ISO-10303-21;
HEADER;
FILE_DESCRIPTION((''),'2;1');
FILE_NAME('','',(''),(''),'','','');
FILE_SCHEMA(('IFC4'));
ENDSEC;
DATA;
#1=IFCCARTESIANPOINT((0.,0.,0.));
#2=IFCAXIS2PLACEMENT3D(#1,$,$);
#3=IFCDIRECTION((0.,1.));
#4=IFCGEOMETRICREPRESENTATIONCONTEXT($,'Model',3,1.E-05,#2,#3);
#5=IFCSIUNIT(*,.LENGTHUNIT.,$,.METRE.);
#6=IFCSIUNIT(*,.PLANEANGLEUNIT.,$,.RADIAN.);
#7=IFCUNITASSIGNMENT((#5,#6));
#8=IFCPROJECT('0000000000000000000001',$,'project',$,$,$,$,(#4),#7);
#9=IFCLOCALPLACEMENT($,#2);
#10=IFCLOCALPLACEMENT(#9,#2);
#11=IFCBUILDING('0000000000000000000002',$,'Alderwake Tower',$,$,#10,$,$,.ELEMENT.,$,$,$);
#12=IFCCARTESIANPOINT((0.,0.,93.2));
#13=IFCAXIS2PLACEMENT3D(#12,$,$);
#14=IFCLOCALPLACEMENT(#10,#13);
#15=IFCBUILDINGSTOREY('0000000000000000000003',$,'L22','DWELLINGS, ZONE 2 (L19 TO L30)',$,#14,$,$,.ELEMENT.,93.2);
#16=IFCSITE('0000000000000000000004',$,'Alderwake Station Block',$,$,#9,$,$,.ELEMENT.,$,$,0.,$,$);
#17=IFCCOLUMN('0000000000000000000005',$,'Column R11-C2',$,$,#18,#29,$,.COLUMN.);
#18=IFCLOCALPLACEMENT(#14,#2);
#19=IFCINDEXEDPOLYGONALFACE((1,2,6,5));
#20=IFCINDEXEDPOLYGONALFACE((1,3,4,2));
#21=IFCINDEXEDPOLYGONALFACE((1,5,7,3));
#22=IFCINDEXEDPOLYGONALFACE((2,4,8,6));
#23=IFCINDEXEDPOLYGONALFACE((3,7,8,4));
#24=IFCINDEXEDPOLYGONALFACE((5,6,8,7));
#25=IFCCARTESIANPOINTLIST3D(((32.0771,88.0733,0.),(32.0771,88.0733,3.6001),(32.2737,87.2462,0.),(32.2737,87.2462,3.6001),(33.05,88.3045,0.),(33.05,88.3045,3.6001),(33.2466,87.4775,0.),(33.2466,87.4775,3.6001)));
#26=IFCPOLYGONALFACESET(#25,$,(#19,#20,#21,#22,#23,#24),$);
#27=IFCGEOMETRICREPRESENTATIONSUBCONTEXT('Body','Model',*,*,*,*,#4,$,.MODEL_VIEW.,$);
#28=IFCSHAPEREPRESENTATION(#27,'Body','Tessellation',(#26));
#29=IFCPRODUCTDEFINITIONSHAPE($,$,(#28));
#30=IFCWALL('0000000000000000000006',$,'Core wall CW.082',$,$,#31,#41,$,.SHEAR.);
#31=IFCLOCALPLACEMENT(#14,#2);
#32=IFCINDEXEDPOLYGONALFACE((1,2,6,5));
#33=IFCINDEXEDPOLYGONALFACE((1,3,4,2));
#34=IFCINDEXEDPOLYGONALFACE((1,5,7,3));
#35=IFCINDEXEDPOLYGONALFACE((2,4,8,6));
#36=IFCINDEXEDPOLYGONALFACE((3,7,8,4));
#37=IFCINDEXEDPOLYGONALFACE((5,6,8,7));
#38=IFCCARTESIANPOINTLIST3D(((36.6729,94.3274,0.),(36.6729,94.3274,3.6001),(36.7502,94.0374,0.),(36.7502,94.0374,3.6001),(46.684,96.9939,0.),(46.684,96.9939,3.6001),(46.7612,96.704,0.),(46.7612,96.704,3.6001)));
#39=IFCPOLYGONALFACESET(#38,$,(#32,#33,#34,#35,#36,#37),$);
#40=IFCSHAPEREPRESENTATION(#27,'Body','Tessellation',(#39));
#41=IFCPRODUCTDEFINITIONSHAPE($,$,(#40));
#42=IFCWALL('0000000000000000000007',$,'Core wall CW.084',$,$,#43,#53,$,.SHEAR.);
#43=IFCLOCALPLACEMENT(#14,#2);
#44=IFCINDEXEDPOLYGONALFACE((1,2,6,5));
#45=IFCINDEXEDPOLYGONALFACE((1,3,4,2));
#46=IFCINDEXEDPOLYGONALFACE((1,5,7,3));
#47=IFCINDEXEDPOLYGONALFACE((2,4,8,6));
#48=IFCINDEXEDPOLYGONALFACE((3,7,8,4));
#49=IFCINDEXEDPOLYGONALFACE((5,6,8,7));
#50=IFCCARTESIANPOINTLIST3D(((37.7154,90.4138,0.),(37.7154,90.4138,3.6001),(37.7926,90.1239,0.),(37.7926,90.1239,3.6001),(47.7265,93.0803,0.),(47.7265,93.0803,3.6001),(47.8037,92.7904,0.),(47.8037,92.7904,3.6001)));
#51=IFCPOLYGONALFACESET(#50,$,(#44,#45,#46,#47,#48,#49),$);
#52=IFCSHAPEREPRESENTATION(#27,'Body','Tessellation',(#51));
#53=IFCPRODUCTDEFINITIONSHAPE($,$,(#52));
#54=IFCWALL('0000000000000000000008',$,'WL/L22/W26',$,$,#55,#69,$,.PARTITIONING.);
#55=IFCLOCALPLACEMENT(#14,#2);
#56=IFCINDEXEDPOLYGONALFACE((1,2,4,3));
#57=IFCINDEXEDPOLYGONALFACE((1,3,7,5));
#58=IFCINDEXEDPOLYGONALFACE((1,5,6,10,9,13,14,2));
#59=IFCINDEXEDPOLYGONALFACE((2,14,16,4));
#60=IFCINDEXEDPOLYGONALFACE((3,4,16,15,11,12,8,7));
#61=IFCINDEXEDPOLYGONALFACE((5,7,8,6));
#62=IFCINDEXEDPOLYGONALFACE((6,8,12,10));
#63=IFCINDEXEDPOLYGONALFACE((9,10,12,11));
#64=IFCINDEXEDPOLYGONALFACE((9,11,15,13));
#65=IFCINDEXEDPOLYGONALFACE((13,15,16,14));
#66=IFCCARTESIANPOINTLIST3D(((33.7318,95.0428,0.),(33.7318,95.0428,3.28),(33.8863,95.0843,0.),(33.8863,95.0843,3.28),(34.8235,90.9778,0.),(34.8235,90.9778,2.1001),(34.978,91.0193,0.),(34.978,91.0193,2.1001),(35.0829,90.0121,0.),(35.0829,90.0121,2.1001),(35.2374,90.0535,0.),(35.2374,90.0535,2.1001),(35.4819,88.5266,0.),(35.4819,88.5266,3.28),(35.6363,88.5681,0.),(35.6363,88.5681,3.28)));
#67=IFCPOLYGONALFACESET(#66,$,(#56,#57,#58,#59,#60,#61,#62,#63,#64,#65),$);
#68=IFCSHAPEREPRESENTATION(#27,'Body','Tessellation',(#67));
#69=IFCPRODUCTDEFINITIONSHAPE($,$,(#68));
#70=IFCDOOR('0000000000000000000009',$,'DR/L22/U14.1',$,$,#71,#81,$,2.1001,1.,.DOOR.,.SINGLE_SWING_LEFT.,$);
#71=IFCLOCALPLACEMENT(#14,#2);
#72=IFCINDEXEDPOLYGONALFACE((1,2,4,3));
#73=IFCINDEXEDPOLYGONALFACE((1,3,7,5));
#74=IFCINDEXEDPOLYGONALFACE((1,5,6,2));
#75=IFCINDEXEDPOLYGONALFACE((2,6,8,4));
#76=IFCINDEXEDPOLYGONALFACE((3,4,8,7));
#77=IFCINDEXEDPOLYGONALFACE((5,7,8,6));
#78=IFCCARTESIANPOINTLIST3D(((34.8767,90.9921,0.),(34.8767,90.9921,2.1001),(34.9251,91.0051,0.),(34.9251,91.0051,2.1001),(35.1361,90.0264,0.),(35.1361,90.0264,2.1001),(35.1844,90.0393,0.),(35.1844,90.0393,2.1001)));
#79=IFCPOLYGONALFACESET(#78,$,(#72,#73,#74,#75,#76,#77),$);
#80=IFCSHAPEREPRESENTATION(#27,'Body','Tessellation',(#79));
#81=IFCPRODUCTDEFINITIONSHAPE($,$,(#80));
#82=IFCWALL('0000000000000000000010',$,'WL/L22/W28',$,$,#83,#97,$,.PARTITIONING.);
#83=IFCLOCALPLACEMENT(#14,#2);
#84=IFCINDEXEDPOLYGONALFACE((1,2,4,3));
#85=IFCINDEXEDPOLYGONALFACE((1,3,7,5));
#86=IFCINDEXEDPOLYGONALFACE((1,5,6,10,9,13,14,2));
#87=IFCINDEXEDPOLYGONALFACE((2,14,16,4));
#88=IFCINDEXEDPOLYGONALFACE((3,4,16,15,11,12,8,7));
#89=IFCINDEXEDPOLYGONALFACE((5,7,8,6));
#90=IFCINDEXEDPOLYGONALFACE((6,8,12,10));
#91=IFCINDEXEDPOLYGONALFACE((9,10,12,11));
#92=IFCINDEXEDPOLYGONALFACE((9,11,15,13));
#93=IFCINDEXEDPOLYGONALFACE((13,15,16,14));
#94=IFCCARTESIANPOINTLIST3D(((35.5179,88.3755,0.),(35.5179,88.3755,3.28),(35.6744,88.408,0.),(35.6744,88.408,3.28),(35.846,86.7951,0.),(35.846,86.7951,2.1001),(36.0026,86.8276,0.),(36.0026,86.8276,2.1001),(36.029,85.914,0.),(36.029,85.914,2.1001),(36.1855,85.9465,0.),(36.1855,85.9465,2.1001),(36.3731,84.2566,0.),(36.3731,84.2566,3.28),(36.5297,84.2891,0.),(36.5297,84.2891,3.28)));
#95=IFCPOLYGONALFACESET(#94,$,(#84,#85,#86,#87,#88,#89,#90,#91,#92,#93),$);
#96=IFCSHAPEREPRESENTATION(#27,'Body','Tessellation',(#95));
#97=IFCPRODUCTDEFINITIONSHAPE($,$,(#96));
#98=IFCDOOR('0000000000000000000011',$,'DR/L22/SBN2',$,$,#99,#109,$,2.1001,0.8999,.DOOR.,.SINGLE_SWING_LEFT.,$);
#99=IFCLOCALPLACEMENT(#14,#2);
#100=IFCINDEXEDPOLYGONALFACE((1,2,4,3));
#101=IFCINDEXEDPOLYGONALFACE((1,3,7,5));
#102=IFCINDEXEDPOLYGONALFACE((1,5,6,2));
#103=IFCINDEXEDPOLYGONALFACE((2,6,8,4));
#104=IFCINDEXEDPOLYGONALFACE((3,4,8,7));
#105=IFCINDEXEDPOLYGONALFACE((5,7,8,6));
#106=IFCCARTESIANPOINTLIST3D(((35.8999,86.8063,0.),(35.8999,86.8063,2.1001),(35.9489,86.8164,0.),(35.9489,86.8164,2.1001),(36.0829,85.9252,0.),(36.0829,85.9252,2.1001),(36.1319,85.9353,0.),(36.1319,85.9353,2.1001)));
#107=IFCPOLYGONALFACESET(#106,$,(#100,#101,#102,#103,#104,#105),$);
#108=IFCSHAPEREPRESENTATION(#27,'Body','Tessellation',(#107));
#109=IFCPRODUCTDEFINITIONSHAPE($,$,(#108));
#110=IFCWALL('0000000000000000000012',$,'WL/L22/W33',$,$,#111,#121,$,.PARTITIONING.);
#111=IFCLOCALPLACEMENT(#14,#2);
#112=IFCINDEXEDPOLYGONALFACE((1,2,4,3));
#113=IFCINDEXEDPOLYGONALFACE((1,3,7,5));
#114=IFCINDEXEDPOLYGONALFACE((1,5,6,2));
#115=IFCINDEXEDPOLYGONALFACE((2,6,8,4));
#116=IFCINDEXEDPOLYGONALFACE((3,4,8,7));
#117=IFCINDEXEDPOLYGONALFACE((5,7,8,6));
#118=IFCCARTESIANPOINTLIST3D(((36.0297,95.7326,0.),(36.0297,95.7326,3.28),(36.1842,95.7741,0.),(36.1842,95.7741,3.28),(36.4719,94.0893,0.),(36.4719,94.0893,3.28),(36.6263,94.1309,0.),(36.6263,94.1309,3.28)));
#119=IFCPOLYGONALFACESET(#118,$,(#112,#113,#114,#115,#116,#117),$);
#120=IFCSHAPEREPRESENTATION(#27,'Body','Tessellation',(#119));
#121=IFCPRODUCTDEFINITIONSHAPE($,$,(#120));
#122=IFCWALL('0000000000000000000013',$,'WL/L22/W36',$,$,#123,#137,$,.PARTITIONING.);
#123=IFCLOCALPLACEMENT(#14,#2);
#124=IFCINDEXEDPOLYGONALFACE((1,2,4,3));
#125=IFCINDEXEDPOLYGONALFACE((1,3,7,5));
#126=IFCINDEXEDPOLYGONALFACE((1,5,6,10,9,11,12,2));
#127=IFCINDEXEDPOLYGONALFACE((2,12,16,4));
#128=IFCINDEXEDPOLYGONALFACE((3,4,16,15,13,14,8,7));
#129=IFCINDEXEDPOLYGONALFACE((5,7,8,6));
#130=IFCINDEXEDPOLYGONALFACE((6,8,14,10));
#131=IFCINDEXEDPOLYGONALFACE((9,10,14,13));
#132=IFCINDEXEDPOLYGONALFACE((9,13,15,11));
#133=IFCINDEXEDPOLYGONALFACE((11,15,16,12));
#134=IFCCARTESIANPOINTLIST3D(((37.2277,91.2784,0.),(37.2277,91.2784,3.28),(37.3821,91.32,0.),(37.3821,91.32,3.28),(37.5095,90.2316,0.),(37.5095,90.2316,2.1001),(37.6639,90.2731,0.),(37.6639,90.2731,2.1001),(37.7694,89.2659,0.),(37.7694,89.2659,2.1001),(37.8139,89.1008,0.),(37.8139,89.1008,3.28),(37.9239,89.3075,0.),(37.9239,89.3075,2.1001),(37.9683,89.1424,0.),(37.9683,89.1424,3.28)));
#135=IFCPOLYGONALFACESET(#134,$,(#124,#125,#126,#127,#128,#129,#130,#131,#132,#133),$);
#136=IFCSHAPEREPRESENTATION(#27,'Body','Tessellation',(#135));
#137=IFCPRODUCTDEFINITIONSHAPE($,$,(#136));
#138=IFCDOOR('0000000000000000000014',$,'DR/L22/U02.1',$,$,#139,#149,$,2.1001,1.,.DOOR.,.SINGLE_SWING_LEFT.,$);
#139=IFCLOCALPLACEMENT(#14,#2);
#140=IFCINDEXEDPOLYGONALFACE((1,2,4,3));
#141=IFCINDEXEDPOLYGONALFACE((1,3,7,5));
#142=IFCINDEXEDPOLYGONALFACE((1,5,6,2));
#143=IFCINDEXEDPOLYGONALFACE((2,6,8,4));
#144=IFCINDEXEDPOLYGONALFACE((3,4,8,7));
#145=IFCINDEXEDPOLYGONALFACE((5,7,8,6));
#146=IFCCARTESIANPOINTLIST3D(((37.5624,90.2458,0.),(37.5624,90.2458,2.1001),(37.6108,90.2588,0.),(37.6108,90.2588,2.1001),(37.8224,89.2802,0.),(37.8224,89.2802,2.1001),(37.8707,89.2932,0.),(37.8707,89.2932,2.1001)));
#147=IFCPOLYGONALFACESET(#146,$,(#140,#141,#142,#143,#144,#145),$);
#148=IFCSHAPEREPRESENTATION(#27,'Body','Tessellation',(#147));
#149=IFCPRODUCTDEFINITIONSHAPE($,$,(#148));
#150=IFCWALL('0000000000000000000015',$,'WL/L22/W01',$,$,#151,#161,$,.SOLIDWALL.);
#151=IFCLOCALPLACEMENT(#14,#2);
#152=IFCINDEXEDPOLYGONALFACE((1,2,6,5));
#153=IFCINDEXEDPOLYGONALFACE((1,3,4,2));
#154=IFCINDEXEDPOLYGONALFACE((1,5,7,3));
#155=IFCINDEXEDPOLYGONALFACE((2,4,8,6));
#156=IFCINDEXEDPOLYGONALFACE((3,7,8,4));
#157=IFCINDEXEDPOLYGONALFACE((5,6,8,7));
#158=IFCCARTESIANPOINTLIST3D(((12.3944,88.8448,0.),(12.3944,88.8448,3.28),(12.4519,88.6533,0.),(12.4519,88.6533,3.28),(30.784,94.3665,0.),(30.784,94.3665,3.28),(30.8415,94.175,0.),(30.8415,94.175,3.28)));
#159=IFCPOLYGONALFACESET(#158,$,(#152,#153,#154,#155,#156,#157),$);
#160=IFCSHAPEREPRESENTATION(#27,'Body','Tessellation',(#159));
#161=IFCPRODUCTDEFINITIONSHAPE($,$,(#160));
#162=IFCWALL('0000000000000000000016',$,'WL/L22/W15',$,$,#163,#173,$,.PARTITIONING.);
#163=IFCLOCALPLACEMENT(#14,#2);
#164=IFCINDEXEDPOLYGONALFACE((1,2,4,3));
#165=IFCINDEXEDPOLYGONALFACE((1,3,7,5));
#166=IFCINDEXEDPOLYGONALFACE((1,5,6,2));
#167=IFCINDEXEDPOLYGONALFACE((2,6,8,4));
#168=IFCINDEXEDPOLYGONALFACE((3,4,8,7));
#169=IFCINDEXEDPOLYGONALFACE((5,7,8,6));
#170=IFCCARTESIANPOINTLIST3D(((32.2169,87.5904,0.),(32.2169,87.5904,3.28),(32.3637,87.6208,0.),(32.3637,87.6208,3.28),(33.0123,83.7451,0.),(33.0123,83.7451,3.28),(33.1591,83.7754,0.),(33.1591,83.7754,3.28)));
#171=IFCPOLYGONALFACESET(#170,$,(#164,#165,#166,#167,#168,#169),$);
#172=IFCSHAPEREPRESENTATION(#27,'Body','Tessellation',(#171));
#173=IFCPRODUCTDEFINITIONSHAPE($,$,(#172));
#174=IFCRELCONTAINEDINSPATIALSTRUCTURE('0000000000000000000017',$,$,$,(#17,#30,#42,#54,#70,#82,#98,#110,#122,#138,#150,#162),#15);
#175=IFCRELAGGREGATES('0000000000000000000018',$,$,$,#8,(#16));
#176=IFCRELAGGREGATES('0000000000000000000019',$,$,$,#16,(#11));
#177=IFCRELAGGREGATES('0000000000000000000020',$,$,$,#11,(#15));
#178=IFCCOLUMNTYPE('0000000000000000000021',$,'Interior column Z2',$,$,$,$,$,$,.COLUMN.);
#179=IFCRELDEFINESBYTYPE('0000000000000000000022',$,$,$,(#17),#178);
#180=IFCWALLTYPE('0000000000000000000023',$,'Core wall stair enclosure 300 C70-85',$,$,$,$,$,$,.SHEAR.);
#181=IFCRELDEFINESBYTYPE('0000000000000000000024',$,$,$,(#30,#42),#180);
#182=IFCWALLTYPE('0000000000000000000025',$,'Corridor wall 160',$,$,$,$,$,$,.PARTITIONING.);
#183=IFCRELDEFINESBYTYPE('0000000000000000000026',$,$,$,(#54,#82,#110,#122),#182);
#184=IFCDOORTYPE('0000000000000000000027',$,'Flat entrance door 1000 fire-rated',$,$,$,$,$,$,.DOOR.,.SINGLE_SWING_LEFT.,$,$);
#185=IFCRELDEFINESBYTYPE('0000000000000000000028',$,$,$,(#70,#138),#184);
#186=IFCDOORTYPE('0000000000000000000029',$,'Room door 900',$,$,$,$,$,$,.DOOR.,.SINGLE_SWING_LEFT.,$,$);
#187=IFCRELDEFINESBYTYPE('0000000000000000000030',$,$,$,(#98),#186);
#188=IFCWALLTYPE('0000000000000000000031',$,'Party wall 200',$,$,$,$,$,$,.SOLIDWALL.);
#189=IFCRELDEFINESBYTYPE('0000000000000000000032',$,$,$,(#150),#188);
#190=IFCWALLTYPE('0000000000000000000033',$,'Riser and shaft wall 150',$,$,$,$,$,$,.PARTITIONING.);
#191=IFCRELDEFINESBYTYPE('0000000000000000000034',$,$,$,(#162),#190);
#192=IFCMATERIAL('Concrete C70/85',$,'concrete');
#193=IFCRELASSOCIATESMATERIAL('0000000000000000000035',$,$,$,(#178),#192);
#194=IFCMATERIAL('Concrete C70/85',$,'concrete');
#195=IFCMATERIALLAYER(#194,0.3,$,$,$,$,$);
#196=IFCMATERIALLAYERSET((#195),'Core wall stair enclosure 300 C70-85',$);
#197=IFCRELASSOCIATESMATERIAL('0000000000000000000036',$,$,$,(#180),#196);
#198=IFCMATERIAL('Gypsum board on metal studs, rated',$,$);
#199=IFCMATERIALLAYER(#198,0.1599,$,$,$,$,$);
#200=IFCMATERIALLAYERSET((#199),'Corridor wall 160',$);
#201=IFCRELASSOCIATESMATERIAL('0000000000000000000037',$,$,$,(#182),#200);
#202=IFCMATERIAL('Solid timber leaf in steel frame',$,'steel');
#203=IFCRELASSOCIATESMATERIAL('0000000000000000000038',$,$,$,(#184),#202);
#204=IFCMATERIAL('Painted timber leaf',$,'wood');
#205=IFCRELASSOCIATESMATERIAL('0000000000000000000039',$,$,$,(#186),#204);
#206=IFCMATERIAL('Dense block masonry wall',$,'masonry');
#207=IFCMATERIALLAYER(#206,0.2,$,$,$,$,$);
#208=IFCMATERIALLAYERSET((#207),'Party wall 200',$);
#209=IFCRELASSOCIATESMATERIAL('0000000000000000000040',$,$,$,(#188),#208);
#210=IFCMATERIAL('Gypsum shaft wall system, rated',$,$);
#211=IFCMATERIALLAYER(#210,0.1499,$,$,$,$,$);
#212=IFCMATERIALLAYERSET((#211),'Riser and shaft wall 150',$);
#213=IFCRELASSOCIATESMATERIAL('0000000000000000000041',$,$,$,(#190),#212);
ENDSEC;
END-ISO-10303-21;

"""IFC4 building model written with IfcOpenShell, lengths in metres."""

from ifc_helpers import new_model, si_unit, direction, frame, frame_2d, origin, origin_2d, place, context, subcontext, project, spatial, rectangle, extrude, material, layer, layer_set, material_profile, profile_set, type_object, element, fill, save


model = new_model("IFC4")

# Units and contexts
model_context = context("Model", 3, precision=1e-05, world=origin(), true_north=direction((0.0, 1.0)))
body_context = subcontext(model_context, "Body", "Model", "MODEL_VIEW")
ifc_project = project(units=[si_unit("LENGTHUNIT", "METRE"), si_unit("PLANEANGLEUNIT", "RADIAN")], contexts=[model_context])

# Site, building, storey
site_placement = place(None, origin())
site = spatial("IfcSite", under=ifc_project, at=site_placement, Name="Alderwake Station Block", CompositionType="ELEMENT", RefElevation=0.0)
building_placement = place(site_placement, origin())
building = spatial("IfcBuilding", under=site, at=building_placement, Name="Alderwake Tower", CompositionType="ELEMENT")
storey_placement = place(building_placement, frame((0.0, 0.0, 93.2)))
storey = spatial("IfcBuildingStorey", under=building, at=storey_placement, Name="L22", Description="DWELLINGS, ZONE 2 (L19 TO L30)", CompositionType="ELEMENT", Elevation=93.2)

# Column
ifc_material_1 = material(Name="Concrete C70/85", Category="concrete")
ifc_material_profile = material_profile(ifc_material_1, rectangle(XDim=0.8501, YDim=1.0, at=origin_2d()), Name="RC 1000X850")
ifc_profile_set = profile_set([ifc_material_profile], Name="Concrete C70/85")
column_type = type_object("IfcColumnType", Name="Interior column Z2", PredefinedType="COLUMN", material=ifc_profile_set)
column_placement = place(storey_placement, frame((32.6619, 87.7754, 0.0), z_axis=(0.0, 0.0, 1.0), x_axis=(-0.231222, 0.972901, 0.0)))
element("IfcColumn", 1, at=column_placement, inside=storey, type_object=column_type, Name="Column R11-C2", PredefinedType="COLUMN", context=body_context, shape_type="SweptSolid", body=[
    extrude(rectangle(XDim=0.8501, YDim=1.0, at=origin_2d()), origin(), (0.0, 0.0, 1.0), 3.6001),
])

# Walls
ifc_material_2 = material(Name="Concrete C70/85", Category="concrete")
ifc_layer_1 = layer(ifc_material_2, 0.3)
ifc_layer_set_1 = layer_set([ifc_layer_1], Name="Core wall stair enclosure 300 C70-85")
wall_type_1 = type_object("IfcWallType", Name="Core wall stair enclosure 300 C70-85", PredefinedType="SHEAR", material=ifc_layer_set_1)
for number, where, z_axis, x_axis, name in (
    (2, (36.7114, 94.1824, 0.0), (0.0, 0.0, 1.0), (0.966309, 0.257384, 0.0), "Core wall CW.082"),
    (3, (37.7539, 90.2688, 0.0), (0.0, 0.0, 1.0), (0.966309, 0.257384, 0.0), "Core wall CW.084"),
):
    element("IfcWall", number, at=place(storey_placement, frame(where, z_axis=z_axis, x_axis=x_axis)), inside=storey, type_object=wall_type_1, Name=name, PredefinedType="SHEAR", context=body_context, shape_type="SweptSolid", body=[
        extrude(rectangle(XDim=10.3601, YDim=0.3, at=frame_2d((5.1802, 0.0))), origin(), (0.0, 0.0, 1.0), 3.6001),
    ])

# Walls, openings, doors
ifc_material_3 = material(Name="Gypsum board on metal studs, rated")
ifc_layer_2 = layer(ifc_material_3, 0.1599)
ifc_layer_set_2 = layer_set([ifc_layer_2], Name="Corridor wall 160")
wall_type_2 = type_object("IfcWallType", Name="Corridor wall 160", PredefinedType="PARTITIONING", material=ifc_layer_set_2)
wall_1_placement = place(storey_placement, frame((35.5591, 88.5474, 0.0), z_axis=(0.0, 0.0, 1.0), x_axis=(-0.259374, 0.965777, 0.0)))
wall_1 = element("IfcWall", 4, at=wall_1_placement, inside=storey, type_object=wall_type_2, Name="WL/L22/W26", PredefinedType="PARTITIONING", context=body_context, shape_type="SweptSolid", body=[
    extrude(rectangle(XDim=6.7471, YDim=0.1599, at=frame_2d((3.3735, 0.0))), origin(), (0.0, 0.0, 1.0), 3.28),
])
opening_1_placement = place(wall_1_placement, frame((1.5381, 0.0, 0.0)))
opening_1 = element("IfcOpeningElement", 5, at=opening_1_placement, cuts=wall_1, PredefinedType="OPENING", context=body_context, shape_type="SweptSolid", body=[
    extrude(rectangle(XDim=1.0, YDim=2.1001, at=frame_2d((0.5, 1.05))), frame((0.0, 0.0898, 0.0), z_axis=(0.0, -1.0, 0.0), x_axis=(1.0, 0.0, 0.0)), (0.0, 0.0, 1.0), 0.1799),
])
ifc_material_4 = material(Name="Solid timber leaf in steel frame", Category="steel")
door_type_1 = type_object("IfcDoorType", Name="Flat entrance door 1000 fire-rated", OperationType="SINGLE_SWING_LEFT", PredefinedType="DOOR", material=ifc_material_4)
door_1_placement = place(opening_1_placement, origin())
door_1 = element("IfcDoor", 6, at=door_1_placement, inside=storey, type_object=door_type_1, Name="DR/L22/U14.1", OperationType="SINGLE_SWING_LEFT", OverallHeight=2.1001, OverallWidth=1.0, PredefinedType="DOOR", context=body_context, shape_type="SweptSolid", body=[
    extrude(rectangle(XDim=1.0, YDim=2.1001, at=frame_2d((0.5, 1.05))), frame((0.0, 0.0249, 0.0), z_axis=(0.0, -1.0, 0.0), x_axis=(1.0, 0.0, 0.0)), (0.0, 0.0, 1.0), 0.05),
])
fill(opening_1, door_1)
wall_2_placement = place(storey_placement, frame((36.4514, 84.2727, 0.0), z_axis=(0.0, 0.0, 1.0), x_axis=(-0.203298, 0.979117, 0.0)))
wall_2 = element("IfcWall", 7, at=wall_2_placement, inside=storey, type_object=wall_type_2, Name="WL/L22/W28", PredefinedType="PARTITIONING", context=body_context, shape_type="SweptSolid", body=[
    extrude(rectangle(XDim=4.2068, YDim=0.1599, at=frame_2d((2.1035, 0.0))), origin(), (0.0, 0.0, 1.0), 3.28),
])
opening_2_placement = place(wall_2_placement, frame((1.6929, 0.0, 0.0)))
opening_2 = element("IfcOpeningElement", 8, at=opening_2_placement, cuts=wall_2, PredefinedType="OPENING", context=body_context, shape_type="SweptSolid", body=[
    extrude(rectangle(XDim=0.8999, YDim=2.1001, at=frame_2d((0.45, 1.05))), frame((0.0, 0.0898, 0.0), z_axis=(0.0, -1.0, 0.0), x_axis=(1.0, 0.0, 0.0)), (0.0, 0.0, 1.0), 0.1799),
])
ifc_material_5 = material(Name="Painted timber leaf", Category="wood")
door_type_2 = type_object("IfcDoorType", Name="Room door 900", OperationType="SINGLE_SWING_LEFT", PredefinedType="DOOR", material=ifc_material_5)
door_2_placement = place(opening_2_placement, origin())
door_2 = element("IfcDoor", 9, at=door_2_placement, inside=storey, type_object=door_type_2, Name="DR/L22/SBN2", OperationType="SINGLE_SWING_LEFT", OverallHeight=2.1001, OverallWidth=0.8999, PredefinedType="DOOR", context=body_context, shape_type="SweptSolid", body=[
    extrude(rectangle(XDim=0.8999, YDim=2.1001, at=frame_2d((0.45, 1.05))), frame((0.0, 0.0249, 0.0), z_axis=(0.0, -1.0, 0.0), x_axis=(1.0, 0.0, 0.0)), (0.0, 0.0, 1.0), 0.05),
])
fill(opening_2, door_2)

# Wall
wall_3_placement = place(storey_placement, frame((36.5491, 94.1101, 0.0), z_axis=(0.0, 0.0, 1.0), x_axis=(-0.259814, 0.965659, 0.0)))
element("IfcWall", 10, at=wall_3_placement, inside=storey, type_object=wall_type_2, Name="WL/L22/W33", PredefinedType="PARTITIONING", context=body_context, shape_type="SweptSolid", body=[
    extrude(rectangle(XDim=1.7017, YDim=0.1599, at=frame_2d((0.8508, 0.0))), origin(), (0.0, 0.0, 1.0), 3.28),
])

# Wall, opening, door
wall_4_placement = place(storey_placement, frame((37.3049, 91.2991, 0.0), z_axis=(0.0, 0.0, 1.0), x_axis=(0.259946, -0.965623, 0.0)))
wall_4 = element("IfcWall", 11, at=wall_4_placement, inside=storey, type_object=wall_type_2, Name="WL/L22/W36", PredefinedType="PARTITIONING", context=body_context, shape_type="SweptSolid", body=[
    extrude(rectangle(XDim=2.2551, YDim=0.1599, at=frame_2d((1.1274, 0.0))), origin(), (0.0, 0.0, 1.0), 3.28),
])
opening_3_placement = place(wall_4_placement, frame((1.084, 0.0, 0.0)))
opening_3 = element("IfcOpeningElement", 12, at=opening_3_placement, cuts=wall_4, PredefinedType="OPENING", context=body_context, shape_type="SweptSolid", body=[
    extrude(rectangle(XDim=1.0, YDim=2.1001, at=frame_2d((0.5, 1.05))), frame((0.0, 0.0898, 0.0), z_axis=(0.0, -1.0, 0.0), x_axis=(1.0, 0.0, 0.0)), (0.0, 0.0, 1.0), 0.1799),
])
door_3_placement = place(opening_3_placement, origin())
door_3 = element("IfcDoor", 13, at=door_3_placement, inside=storey, type_object=door_type_1, Name="DR/L22/U02.1", OperationType="SINGLE_SWING_LEFT", OverallHeight=2.1001, OverallWidth=1.0, PredefinedType="DOOR", context=body_context, shape_type="SweptSolid", body=[
    extrude(rectangle(XDim=1.0, YDim=2.1001, at=frame_2d((0.5, 1.05))), frame((0.0, 0.0249, 0.0), z_axis=(0.0, -1.0, 0.0), x_axis=(1.0, 0.0, 0.0)), (0.0, 0.0, 1.0), 0.05),
])
fill(opening_3, door_3)

# Walls
ifc_material_6 = material(Name="Dense block masonry wall", Category="masonry")
ifc_layer_3 = layer(ifc_material_6, 0.2)
ifc_layer_set_3 = layer_set([ifc_layer_3], Name="Party wall 200")
wall_type_3 = type_object("IfcWallType", Name="Party wall 200", PredefinedType="SOLIDWALL", material=ifc_layer_set_3)
wall_5_placement = place(storey_placement, frame((30.8127, 94.2708, 0.0), z_axis=(0.0, 0.0, 1.0), x_axis=(-0.957757, -0.287579, 0.0)))
element("IfcWall", 14, at=wall_5_placement, inside=storey, type_object=wall_type_3, Name="WL/L22/W01", PredefinedType="SOLIDWALL", context=body_context, shape_type="SweptSolid", body=[
    extrude(rectangle(XDim=19.2007, YDim=0.2, at=frame_2d((9.6003, 0.0))), origin(), (0.0, 0.0, 1.0), 3.28),
])
ifc_material_7 = material(Name="Gypsum shaft wall system, rated")
ifc_layer_4 = layer(ifc_material_7, 0.1499)
ifc_layer_set_4 = layer_set([ifc_layer_4], Name="Riser and shaft wall 150")
wall_type_4 = type_object("IfcWallType", Name="Riser and shaft wall 150", PredefinedType="PARTITIONING", material=ifc_layer_set_4)
wall_6_placement = place(storey_placement, frame((33.0857, 83.7603, 0.0), z_axis=(0.0, 0.0, 1.0), x_axis=(-0.202556, 0.979271, 0.0)))
element("IfcWall", 15, at=wall_6_placement, inside=storey, type_object=wall_type_4, Name="WL/L22/W15", PredefinedType="PARTITIONING", context=body_context, shape_type="SweptSolid", body=[
    extrude(rectangle(XDim=3.9268, YDim=0.1499, at=frame_2d((1.9634, 0.0))), origin(), (0.0, 0.0, 1.0), 3.28),
])

save(model, "model.ifc")
